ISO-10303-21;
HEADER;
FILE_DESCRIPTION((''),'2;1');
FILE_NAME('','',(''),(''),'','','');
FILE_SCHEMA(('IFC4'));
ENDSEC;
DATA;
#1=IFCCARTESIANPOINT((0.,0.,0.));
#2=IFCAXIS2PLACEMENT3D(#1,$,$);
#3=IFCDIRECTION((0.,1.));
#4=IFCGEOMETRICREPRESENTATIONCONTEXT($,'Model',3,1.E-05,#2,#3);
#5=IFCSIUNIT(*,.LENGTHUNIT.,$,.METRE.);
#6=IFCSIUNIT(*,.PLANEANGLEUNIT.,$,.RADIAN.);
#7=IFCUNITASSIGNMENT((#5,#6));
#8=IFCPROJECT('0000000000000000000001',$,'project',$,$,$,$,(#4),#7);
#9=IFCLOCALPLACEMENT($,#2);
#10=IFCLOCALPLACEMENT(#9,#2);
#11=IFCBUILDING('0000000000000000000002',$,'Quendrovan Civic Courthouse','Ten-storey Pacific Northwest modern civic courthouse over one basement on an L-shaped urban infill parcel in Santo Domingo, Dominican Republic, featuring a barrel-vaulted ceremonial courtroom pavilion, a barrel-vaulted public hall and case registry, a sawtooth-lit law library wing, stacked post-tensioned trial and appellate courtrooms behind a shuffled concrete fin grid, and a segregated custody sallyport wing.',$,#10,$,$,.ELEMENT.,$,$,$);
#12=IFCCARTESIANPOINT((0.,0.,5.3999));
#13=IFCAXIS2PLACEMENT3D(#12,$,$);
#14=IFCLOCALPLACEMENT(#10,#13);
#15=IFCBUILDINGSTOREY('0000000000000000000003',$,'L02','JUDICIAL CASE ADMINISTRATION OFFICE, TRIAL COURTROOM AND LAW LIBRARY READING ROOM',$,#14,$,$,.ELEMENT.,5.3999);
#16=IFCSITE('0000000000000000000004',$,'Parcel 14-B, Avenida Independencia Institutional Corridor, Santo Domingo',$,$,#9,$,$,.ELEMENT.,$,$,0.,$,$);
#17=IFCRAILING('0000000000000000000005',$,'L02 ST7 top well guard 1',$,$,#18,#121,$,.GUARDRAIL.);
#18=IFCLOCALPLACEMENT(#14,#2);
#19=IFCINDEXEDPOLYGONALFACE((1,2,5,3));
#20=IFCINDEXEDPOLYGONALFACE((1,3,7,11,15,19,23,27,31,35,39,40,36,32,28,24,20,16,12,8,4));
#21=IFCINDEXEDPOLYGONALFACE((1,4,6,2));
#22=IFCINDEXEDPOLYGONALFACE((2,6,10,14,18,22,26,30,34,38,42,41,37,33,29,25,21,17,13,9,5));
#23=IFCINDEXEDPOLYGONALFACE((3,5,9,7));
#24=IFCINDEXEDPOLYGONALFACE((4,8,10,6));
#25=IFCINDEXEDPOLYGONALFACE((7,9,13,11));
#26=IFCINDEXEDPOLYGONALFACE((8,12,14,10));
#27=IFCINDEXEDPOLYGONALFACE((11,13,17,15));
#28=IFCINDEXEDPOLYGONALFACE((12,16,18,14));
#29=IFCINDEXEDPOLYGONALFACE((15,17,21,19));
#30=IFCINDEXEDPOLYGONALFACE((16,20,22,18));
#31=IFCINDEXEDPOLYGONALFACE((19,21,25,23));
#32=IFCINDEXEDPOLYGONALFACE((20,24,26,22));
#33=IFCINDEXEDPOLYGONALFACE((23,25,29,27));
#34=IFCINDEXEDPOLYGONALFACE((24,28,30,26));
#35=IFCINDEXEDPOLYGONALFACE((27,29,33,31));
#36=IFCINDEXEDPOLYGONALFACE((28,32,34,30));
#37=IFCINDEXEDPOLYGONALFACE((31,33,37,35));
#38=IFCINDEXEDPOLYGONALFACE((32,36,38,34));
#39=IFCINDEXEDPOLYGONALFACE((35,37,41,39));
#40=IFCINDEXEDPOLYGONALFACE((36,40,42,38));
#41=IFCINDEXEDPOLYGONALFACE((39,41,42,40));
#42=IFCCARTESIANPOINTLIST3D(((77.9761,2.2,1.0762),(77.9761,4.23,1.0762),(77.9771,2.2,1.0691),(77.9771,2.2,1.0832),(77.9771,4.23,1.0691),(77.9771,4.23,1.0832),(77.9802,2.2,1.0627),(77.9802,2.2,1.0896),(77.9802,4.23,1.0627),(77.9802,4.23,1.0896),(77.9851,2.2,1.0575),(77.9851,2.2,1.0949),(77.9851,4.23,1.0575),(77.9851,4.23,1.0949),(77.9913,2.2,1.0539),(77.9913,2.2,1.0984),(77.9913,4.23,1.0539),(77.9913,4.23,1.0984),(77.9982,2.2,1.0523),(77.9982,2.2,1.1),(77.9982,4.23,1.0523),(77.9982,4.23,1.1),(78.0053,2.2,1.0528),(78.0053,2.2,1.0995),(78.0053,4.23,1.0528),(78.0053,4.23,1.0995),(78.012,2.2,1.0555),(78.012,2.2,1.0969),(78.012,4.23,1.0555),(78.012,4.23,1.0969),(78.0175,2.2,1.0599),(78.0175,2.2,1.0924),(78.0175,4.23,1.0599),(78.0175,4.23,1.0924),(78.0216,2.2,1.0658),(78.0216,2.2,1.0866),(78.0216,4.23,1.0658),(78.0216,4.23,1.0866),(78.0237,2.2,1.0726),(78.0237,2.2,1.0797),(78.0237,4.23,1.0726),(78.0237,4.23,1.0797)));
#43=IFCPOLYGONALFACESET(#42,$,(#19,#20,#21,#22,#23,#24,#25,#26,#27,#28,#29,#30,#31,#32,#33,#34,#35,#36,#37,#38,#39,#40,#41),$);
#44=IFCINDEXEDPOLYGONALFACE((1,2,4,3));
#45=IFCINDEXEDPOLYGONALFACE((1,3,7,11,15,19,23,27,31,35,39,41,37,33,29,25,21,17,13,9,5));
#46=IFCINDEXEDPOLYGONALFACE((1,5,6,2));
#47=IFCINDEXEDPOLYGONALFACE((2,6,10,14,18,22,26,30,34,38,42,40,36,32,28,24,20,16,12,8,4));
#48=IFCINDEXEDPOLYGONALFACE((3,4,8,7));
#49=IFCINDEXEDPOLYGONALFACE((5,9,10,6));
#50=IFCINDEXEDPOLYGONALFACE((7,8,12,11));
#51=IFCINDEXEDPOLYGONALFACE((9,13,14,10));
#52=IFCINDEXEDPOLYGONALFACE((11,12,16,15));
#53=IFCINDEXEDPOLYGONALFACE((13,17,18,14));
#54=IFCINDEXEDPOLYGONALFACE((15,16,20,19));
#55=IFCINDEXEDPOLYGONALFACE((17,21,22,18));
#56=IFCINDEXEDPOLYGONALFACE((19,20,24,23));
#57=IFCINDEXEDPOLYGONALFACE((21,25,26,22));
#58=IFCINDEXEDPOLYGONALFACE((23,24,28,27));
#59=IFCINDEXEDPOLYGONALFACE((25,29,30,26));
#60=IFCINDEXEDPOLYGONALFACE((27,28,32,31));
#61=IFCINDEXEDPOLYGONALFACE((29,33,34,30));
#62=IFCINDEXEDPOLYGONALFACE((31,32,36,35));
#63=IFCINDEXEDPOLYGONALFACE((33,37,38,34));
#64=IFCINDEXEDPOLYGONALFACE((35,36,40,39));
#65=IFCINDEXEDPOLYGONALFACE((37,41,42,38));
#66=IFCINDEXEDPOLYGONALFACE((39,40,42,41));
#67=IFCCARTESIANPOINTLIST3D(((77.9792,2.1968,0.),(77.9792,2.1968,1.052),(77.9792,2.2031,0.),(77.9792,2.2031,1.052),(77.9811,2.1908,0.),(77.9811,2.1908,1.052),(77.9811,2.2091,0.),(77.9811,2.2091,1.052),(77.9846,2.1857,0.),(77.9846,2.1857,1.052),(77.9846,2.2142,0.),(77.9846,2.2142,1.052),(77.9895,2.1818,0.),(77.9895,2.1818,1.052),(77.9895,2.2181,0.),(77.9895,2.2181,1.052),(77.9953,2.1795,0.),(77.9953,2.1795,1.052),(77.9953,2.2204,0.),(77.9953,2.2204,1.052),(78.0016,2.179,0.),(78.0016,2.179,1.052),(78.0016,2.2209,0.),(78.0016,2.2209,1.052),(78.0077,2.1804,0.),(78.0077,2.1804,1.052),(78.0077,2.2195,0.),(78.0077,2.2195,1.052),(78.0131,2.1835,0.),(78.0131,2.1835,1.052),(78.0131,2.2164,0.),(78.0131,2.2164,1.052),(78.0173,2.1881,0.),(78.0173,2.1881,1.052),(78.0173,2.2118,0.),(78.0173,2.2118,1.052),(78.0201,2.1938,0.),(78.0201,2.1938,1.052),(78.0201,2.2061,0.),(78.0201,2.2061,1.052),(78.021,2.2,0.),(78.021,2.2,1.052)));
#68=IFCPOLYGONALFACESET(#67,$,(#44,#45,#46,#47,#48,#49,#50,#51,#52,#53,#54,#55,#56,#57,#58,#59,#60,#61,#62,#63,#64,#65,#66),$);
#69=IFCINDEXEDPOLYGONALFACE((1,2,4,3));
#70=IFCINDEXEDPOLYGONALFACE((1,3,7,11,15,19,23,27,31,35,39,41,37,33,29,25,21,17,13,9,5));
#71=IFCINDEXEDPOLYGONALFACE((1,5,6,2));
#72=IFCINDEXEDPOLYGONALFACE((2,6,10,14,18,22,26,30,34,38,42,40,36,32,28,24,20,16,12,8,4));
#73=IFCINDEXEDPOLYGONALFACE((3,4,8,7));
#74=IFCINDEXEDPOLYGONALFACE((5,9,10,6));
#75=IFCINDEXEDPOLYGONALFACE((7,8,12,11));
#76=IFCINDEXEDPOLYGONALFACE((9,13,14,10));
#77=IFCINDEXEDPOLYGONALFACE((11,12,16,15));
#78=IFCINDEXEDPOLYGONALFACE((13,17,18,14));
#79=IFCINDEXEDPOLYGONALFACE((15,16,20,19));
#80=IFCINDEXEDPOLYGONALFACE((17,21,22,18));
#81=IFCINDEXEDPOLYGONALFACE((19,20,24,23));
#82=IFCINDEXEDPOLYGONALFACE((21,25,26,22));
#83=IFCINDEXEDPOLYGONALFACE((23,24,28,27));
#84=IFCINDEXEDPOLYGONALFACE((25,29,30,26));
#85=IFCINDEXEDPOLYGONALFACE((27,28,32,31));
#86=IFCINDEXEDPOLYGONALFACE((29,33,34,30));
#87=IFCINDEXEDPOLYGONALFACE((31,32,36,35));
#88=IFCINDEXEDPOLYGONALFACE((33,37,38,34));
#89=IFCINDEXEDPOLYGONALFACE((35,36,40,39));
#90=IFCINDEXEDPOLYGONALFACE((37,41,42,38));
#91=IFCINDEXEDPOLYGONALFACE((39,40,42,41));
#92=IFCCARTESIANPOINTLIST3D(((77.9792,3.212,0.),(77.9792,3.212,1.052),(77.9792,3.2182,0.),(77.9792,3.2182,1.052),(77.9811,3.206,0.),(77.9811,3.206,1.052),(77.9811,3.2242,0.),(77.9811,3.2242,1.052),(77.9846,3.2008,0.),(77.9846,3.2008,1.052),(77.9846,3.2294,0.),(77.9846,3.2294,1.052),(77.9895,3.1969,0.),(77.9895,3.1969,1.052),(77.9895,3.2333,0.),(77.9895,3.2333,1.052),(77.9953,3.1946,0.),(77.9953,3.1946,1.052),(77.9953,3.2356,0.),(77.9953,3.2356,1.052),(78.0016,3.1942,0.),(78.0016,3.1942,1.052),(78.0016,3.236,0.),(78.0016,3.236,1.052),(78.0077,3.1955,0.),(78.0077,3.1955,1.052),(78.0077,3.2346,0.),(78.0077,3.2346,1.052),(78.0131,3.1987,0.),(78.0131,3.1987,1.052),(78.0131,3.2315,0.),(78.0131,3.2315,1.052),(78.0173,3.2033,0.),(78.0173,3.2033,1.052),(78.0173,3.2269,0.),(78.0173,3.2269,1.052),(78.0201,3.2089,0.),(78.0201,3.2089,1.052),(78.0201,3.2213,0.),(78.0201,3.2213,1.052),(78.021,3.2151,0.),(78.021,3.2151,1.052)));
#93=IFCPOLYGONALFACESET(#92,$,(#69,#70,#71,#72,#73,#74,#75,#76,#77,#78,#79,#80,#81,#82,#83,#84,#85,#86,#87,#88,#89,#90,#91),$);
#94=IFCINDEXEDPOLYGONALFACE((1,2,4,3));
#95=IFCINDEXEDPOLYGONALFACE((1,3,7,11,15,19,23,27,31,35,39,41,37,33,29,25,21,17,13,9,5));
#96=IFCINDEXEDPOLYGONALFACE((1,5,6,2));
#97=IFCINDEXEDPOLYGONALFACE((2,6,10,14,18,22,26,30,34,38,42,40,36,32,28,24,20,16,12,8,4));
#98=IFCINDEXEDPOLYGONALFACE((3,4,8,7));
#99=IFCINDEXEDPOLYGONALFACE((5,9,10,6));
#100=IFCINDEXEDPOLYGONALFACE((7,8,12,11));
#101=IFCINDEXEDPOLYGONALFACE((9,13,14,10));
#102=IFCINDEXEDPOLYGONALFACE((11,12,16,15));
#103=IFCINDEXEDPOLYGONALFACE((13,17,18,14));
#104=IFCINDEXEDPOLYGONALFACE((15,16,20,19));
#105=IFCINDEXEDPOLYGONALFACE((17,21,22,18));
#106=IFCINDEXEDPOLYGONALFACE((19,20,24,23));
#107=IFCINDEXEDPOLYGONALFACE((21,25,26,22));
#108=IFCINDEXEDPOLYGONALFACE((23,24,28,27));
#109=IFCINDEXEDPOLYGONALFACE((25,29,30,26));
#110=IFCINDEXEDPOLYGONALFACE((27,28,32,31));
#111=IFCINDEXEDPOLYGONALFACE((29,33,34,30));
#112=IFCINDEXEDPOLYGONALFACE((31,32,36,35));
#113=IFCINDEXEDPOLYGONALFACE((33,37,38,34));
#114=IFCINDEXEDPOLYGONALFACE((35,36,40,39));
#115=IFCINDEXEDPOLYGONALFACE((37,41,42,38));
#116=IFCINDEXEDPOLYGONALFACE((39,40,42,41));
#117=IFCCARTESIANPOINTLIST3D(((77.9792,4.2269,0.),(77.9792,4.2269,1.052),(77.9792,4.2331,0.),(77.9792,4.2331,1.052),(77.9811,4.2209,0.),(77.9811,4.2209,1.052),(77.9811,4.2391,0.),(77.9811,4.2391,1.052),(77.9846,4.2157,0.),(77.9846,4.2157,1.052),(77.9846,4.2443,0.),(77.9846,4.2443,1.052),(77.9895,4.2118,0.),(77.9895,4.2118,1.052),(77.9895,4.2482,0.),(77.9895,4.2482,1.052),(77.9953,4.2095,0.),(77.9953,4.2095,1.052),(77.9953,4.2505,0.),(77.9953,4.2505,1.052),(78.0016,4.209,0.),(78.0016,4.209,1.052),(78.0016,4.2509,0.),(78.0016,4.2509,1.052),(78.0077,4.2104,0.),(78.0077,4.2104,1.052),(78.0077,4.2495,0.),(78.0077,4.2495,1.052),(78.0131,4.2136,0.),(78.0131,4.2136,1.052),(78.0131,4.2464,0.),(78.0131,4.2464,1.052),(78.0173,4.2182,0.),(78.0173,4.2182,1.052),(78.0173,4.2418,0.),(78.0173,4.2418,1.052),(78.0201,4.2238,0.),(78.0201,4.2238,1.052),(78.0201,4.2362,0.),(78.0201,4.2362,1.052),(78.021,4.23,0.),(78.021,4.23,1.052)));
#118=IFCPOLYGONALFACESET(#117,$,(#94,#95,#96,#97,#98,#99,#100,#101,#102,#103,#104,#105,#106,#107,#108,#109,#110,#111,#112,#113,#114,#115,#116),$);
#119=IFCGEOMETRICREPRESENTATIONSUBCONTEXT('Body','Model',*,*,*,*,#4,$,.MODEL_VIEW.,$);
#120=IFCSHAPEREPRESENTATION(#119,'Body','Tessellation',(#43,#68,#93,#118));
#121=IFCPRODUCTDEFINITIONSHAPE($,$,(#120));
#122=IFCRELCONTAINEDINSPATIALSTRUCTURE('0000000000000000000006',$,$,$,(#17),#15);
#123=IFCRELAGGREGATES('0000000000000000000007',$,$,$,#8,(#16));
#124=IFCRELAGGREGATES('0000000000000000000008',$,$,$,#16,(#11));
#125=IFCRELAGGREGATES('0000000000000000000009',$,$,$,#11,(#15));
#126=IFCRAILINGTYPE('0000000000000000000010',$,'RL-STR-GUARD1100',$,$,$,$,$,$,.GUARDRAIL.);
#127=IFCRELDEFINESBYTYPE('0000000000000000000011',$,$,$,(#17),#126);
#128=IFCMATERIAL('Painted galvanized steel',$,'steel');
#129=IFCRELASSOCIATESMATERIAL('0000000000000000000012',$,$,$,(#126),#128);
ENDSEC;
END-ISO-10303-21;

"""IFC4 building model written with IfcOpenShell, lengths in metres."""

from ifc_helpers import new_model, si_unit, direction, frame, origin, origin_2d, place, context, subcontext, project, spatial, circle, extrude, material, type_object, element, save


model = new_model("IFC4")

# Units and contexts
model_context = context("Model", 3, precision=1e-05, world=origin(), true_north=direction((0.0, 1.0)))
body_context = subcontext(model_context, "Body", "Model", "MODEL_VIEW")
ifc_project = project(units=[si_unit("LENGTHUNIT", "METRE"), si_unit("PLANEANGLEUNIT", "RADIAN")], contexts=[model_context])

# Site, building, storey
site_placement = place(None, origin())
site = spatial("IfcSite", under=ifc_project, at=site_placement, Name="Parcel 14-B, Avenida Independencia Institutional Corridor, Santo Domingo", CompositionType="ELEMENT", RefElevation=0.0)
building_placement = place(site_placement, origin())
building = spatial("IfcBuilding", under=site, at=building_placement, Name="Quendrovan Civic Courthouse", Description="Ten-storey Pacific Northwest modern civic courthouse over one basement on an L-shaped urban infill parcel in Santo Domingo, Dominican Republic, featuring a barrel-vaulted ceremonial courtroom pavilion, a barrel-vaulted public hall and case registry, a sawtooth-lit law library wing, stacked post-tensioned trial and appellate courtrooms behind a shuffled concrete fin grid, and a segregated custody sallyport wing.", CompositionType="ELEMENT")
storey_placement = place(building_placement, frame((0.0, 0.0, 5.3999)))
storey = spatial("IfcBuildingStorey", under=building, at=storey_placement, Name="L02", Description="JUDICIAL CASE ADMINISTRATION OFFICE, TRIAL COURTROOM AND LAW LIBRARY READING ROOM", CompositionType="ELEMENT", Elevation=5.3999)

# Railing
ifc_material_1 = material(Name="Painted galvanized steel", Category="steel")
railing_type = type_object("IfcRailingType", Name="RL-STR-GUARD1100", PredefinedType="GUARDRAIL", material=ifc_material_1)
railing_placement = place(storey_placement, frame((78.0, 2.2, 0.0)))
element("IfcRailing", 1, at=railing_placement, inside=storey, type_object=railing_type, Name="L02 ST7 top well guard 1", PredefinedType="GUARDRAIL", context=body_context, shape_type="SweptSolid", body=[
    extrude(circle(Radius=0.0239, at=origin_2d()), frame((0.0, 0.0, 1.0762), z_axis=(0.0, 1.0, 0.0), x_axis=(-1.0, 0.0, 0.0)), (0.0, 0.0, 1.0), 2.03),
    extrude(circle(Radius=0.021, at=origin_2d()), origin(), (0.0, 0.0, 1.0), 1.052),
    extrude(circle(Radius=0.021, at=origin_2d()), frame((0.0, 1.0151, 0.0)), (0.0, 0.0, 1.0), 1.052),
    extrude(circle(Radius=0.021, at=origin_2d()), frame((0.0, 2.03, 0.0)), (0.0, 0.0, 1.0), 1.052),
])

save(model, "model.ifc")
